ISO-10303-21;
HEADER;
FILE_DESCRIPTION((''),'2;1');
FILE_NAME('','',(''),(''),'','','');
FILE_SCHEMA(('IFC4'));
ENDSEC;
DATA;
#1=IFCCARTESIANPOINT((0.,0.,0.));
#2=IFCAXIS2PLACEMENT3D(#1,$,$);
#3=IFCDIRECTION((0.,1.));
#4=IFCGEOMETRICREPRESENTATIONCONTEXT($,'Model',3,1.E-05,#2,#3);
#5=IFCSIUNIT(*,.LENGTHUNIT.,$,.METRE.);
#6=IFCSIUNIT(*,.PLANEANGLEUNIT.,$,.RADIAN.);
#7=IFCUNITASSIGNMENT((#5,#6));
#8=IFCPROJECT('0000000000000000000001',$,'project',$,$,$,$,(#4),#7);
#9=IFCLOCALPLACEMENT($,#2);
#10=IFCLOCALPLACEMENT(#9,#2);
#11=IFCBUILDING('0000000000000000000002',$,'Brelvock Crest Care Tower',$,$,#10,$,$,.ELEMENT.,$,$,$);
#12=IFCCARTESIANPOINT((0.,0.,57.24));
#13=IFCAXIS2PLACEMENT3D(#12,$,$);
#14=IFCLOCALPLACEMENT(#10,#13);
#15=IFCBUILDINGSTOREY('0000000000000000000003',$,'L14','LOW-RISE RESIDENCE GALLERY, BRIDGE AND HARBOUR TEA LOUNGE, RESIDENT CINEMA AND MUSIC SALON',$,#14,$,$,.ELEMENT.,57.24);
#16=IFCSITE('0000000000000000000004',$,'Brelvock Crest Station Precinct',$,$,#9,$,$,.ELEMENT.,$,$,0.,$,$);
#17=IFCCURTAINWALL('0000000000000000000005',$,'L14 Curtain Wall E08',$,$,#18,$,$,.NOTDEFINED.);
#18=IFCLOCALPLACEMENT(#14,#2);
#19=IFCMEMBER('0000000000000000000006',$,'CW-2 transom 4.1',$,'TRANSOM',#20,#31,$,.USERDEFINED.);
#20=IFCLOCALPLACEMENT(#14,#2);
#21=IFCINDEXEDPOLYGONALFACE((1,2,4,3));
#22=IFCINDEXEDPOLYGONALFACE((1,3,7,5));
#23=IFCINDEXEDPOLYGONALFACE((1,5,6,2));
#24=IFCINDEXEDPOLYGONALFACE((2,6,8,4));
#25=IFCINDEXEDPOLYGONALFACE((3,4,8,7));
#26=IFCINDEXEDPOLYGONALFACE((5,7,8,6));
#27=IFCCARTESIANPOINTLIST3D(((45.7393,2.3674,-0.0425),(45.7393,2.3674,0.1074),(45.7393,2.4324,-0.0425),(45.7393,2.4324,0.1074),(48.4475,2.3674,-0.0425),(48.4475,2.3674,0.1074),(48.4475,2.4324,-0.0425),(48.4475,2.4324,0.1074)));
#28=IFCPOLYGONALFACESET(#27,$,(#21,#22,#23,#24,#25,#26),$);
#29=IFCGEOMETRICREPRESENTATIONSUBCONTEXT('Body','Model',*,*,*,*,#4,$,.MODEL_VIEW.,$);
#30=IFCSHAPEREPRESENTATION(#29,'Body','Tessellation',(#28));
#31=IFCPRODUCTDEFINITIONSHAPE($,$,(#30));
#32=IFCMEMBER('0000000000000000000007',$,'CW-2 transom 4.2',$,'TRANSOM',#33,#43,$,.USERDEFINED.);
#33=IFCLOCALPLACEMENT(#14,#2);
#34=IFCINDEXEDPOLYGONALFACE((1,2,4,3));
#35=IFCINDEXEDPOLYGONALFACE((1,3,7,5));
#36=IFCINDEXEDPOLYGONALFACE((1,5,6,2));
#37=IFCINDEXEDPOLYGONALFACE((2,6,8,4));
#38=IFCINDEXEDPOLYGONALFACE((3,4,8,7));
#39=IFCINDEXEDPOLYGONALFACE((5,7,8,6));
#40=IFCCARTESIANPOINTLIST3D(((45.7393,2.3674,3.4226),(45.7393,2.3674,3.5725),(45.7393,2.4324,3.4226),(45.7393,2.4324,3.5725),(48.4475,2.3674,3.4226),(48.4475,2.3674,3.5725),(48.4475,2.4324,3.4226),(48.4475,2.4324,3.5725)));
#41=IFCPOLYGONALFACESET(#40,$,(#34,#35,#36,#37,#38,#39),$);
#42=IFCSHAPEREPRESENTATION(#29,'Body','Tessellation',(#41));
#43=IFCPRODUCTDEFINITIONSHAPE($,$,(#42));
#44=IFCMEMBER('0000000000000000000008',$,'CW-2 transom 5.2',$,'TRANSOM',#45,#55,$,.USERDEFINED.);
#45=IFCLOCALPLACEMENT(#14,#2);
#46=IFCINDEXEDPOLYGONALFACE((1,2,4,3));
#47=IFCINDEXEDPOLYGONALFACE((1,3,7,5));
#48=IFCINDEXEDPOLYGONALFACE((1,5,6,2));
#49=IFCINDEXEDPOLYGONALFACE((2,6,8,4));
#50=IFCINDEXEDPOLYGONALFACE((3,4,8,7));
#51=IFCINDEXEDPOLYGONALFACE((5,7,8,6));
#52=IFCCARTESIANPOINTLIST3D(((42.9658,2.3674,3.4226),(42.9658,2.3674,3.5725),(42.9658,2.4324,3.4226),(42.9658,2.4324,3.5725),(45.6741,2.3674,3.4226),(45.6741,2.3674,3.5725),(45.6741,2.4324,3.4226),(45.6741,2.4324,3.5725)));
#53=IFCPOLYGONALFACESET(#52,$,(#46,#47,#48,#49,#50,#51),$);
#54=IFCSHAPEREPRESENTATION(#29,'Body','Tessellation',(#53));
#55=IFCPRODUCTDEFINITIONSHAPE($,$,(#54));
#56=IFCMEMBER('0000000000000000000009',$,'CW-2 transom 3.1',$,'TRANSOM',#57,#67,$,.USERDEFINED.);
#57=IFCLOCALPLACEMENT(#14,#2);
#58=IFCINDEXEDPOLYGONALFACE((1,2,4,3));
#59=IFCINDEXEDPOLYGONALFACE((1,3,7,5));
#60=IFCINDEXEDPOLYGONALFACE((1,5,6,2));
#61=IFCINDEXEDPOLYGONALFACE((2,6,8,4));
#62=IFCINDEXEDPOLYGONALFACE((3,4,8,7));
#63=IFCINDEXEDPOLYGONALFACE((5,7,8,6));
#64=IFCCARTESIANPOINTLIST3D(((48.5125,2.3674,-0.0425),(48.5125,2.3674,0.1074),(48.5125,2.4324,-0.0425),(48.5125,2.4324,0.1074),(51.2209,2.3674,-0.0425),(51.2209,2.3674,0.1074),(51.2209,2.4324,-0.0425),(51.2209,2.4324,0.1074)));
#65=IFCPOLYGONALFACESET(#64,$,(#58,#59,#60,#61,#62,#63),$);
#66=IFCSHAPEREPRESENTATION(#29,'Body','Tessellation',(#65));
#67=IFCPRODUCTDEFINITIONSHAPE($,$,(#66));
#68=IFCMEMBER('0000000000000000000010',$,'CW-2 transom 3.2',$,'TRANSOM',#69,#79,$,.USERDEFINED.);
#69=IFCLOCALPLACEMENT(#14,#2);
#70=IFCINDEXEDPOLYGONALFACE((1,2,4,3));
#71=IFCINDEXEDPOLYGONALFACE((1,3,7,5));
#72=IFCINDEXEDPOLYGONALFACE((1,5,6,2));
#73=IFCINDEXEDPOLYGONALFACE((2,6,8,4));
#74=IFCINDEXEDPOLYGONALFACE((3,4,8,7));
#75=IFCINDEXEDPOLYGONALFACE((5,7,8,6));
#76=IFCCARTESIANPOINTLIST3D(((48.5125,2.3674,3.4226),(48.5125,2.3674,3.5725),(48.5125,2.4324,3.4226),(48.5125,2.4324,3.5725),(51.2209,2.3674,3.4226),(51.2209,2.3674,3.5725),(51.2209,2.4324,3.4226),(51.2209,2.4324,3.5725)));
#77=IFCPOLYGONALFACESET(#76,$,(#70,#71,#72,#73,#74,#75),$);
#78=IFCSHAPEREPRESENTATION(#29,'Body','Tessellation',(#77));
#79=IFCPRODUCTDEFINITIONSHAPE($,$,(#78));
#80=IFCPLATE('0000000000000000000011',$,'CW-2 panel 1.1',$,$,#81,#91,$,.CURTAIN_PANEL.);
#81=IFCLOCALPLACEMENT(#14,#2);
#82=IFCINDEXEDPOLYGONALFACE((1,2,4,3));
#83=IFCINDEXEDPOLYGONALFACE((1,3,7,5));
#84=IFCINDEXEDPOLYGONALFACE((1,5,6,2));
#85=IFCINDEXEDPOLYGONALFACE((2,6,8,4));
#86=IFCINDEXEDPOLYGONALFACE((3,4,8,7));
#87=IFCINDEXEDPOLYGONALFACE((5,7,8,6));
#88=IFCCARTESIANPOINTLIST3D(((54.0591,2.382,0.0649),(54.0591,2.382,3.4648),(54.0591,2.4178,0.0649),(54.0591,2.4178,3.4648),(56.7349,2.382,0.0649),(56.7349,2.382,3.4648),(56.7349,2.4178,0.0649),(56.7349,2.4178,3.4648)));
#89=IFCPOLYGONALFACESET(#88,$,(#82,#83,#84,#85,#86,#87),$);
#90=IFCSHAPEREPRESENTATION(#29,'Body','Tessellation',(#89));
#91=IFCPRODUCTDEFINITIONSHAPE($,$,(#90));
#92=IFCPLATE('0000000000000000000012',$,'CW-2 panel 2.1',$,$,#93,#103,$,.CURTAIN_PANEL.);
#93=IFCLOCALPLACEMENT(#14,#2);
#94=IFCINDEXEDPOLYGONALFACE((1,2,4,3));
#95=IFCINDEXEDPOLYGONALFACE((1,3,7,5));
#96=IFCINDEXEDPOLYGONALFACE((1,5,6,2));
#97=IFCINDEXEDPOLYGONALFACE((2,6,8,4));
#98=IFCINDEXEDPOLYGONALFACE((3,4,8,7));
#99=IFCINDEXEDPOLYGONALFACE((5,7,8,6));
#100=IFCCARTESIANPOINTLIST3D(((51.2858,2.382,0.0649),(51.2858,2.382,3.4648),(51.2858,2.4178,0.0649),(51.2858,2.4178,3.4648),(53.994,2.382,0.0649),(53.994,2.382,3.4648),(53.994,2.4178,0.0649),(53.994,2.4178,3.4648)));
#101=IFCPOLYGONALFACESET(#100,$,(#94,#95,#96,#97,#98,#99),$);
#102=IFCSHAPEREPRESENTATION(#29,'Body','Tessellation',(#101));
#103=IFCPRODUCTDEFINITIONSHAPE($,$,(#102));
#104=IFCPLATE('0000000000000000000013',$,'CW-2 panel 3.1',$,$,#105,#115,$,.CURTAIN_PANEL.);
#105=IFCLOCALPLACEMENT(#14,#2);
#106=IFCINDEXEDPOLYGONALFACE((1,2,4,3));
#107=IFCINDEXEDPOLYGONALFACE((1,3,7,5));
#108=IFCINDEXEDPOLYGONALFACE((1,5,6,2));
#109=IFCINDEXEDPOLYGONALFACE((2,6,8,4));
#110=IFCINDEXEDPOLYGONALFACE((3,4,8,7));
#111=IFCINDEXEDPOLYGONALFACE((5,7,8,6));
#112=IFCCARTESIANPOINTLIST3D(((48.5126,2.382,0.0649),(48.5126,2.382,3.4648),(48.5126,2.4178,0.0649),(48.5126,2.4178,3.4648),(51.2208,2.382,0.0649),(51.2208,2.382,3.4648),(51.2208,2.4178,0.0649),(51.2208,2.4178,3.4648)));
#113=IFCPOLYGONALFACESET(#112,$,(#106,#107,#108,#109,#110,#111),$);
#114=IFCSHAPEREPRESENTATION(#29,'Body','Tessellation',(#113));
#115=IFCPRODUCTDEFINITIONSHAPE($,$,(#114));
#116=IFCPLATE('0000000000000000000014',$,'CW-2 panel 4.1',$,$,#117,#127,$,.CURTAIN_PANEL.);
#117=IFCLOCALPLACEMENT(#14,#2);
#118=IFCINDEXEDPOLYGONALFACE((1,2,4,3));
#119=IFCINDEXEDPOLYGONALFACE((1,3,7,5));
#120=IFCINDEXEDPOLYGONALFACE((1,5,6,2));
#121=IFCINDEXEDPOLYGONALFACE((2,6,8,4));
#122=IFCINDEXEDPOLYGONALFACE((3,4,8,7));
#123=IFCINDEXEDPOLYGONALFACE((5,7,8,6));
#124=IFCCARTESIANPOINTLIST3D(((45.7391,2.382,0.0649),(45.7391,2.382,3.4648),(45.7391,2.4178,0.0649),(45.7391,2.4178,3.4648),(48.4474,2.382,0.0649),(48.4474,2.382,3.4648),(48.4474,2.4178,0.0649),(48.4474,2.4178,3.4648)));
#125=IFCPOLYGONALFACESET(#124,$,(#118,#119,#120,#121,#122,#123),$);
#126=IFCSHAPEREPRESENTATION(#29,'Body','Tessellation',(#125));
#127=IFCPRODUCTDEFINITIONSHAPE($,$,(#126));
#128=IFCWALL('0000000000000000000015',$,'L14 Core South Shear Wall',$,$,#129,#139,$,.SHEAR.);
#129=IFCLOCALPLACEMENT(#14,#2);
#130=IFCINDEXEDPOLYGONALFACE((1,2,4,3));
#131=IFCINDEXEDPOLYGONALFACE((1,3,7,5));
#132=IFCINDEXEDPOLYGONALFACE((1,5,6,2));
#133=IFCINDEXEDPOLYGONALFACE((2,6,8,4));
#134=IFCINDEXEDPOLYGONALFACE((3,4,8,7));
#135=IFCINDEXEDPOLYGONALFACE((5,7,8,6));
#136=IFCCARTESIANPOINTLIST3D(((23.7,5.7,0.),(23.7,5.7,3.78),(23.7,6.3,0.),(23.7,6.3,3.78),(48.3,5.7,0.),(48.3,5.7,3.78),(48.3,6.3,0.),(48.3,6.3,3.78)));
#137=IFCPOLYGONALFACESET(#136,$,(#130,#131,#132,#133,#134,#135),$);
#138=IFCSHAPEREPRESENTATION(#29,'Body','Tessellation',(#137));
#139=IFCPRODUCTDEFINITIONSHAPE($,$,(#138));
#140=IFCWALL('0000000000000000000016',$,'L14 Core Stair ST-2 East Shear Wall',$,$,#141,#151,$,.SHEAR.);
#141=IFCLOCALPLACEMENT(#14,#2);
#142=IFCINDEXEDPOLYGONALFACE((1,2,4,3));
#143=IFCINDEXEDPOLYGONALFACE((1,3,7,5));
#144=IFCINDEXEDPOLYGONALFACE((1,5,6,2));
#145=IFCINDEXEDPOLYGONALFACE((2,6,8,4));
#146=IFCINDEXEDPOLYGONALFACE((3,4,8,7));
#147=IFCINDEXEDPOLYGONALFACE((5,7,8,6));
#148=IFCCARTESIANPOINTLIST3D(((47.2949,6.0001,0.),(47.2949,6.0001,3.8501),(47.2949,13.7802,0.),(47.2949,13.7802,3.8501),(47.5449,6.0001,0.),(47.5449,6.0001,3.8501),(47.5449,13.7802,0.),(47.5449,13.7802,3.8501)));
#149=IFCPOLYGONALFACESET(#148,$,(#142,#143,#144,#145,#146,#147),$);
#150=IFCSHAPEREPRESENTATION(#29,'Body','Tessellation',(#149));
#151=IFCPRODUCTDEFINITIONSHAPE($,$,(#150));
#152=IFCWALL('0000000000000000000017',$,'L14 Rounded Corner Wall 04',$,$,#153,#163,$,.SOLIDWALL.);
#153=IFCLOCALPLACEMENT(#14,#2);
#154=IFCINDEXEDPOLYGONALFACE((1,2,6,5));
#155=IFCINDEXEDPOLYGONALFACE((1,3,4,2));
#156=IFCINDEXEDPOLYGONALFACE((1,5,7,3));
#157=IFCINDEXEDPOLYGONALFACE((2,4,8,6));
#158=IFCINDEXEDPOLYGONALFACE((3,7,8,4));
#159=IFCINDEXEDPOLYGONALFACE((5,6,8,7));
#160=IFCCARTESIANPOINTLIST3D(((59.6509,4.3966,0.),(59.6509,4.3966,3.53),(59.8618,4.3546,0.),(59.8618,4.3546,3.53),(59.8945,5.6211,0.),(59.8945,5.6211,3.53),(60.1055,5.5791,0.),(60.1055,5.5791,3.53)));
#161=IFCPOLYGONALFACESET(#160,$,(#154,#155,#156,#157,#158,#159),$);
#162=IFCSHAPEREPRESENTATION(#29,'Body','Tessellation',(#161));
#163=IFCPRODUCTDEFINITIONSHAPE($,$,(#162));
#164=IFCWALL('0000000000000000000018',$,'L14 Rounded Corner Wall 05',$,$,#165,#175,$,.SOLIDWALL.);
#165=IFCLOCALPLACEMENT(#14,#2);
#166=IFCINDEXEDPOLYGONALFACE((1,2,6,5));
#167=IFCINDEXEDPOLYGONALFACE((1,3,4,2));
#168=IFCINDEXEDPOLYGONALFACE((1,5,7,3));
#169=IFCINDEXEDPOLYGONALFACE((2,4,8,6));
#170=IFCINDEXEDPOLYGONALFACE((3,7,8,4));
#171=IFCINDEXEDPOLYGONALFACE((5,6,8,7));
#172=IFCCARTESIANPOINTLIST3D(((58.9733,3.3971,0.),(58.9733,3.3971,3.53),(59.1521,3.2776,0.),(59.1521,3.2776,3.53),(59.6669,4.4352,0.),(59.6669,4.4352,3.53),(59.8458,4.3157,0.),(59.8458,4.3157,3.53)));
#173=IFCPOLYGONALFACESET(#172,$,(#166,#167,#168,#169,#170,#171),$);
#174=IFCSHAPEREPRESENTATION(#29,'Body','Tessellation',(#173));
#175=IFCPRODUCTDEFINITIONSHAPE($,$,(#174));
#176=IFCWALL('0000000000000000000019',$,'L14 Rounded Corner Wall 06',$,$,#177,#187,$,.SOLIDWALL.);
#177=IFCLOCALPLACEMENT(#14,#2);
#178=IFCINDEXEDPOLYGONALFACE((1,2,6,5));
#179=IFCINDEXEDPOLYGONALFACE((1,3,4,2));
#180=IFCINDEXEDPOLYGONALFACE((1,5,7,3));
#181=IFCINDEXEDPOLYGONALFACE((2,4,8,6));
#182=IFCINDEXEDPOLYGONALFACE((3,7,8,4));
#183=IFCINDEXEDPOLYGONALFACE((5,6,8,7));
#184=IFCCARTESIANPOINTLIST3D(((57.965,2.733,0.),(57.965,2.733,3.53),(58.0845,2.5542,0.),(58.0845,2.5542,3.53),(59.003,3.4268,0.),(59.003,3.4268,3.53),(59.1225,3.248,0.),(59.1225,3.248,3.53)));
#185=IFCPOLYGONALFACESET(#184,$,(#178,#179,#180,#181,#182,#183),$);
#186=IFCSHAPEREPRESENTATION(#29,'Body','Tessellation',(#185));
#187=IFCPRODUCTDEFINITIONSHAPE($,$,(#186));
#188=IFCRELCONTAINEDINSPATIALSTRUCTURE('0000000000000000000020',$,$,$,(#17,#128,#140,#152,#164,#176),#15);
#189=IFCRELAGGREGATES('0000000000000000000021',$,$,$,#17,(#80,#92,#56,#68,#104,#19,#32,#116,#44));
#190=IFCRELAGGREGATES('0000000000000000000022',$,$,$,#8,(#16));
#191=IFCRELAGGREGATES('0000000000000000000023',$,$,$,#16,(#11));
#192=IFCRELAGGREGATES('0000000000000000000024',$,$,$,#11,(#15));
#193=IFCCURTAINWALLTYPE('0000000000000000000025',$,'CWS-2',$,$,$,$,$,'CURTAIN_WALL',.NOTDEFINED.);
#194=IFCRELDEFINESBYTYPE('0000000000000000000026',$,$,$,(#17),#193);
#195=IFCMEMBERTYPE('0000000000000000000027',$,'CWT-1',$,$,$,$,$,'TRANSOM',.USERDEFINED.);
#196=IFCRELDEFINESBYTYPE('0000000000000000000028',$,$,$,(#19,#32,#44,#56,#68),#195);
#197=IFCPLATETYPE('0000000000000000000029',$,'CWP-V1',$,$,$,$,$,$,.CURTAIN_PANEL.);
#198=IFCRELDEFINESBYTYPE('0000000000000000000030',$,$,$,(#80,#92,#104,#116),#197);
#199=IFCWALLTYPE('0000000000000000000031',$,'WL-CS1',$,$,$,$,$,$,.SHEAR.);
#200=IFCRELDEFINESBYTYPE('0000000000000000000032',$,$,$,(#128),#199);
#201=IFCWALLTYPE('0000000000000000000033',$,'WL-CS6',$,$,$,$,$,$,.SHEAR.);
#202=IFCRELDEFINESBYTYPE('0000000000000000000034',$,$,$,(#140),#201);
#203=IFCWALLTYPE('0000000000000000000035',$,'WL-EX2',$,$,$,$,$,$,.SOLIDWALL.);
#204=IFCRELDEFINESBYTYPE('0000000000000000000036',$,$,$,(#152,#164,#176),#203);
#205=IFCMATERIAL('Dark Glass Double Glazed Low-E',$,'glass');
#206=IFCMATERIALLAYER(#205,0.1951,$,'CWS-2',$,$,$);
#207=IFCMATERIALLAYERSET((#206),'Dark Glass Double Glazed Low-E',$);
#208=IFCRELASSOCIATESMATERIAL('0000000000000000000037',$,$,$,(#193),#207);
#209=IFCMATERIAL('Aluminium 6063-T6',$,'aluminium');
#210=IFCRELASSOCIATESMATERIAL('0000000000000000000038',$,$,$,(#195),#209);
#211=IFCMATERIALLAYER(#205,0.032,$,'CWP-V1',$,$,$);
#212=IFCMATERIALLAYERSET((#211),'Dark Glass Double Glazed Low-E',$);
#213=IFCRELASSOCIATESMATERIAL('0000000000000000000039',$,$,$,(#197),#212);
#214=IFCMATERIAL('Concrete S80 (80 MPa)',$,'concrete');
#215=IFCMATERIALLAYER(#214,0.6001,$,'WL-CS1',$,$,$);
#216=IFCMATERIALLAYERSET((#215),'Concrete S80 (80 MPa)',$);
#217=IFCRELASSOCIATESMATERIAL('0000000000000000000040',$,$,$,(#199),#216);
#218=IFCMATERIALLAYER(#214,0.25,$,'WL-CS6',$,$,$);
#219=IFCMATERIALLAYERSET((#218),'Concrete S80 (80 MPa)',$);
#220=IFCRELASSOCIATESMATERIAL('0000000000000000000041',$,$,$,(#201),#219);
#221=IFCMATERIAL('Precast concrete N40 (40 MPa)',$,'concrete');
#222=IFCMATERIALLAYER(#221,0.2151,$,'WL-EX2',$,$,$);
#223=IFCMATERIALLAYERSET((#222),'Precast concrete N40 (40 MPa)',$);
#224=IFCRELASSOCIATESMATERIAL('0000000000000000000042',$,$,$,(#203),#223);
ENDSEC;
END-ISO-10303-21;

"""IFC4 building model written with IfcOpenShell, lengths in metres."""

from ifc_helpers import new_model, si_unit, direction, frame, frame_2d, origin, origin_2d, place, context, subcontext, project, spatial, rectangle, extrude, source, transform, mapped, material, layer, layer_set, material_profile, profile_set, type_object, element, aggregate, save


model = new_model("IFC4")

# Units and contexts
model_context = context("Model", 3, precision=1e-05, world=origin(), true_north=direction((0.0, 1.0)))
body_context = subcontext(model_context, "Body", "Model", "MODEL_VIEW")
ifc_project = project(units=[si_unit("LENGTHUNIT", "METRE"), si_unit("PLANEANGLEUNIT", "RADIAN")], contexts=[model_context])

# Site, building, storey
site_placement = place(None, origin())
site = spatial("IfcSite", under=ifc_project, at=site_placement, Name="Brelvock Crest Station Precinct", CompositionType="ELEMENT", RefElevation=0.0)
building_placement = place(site_placement, origin())
building = spatial("IfcBuilding", under=site, at=building_placement, Name="Brelvock Crest Care Tower", CompositionType="ELEMENT")
storey_placement = place(building_placement, frame((0.0, 0.0, 57.24)))
storey = spatial("IfcBuildingStorey", under=building, at=storey_placement, Name="L14", Description="LOW-RISE RESIDENCE GALLERY, BRIDGE AND HARBOUR TEA LOUNGE, RESIDENT CINEMA AND MUSIC SALON", CompositionType="ELEMENT", Elevation=57.24)

# Shared definitions
ifc_material_1 = material(Name="Concrete S80 (80 MPa)", Category="concrete")

# Shared definitions
ifc_material_2 = material(Name="Dark Glass Double Glazed Low-E", Category="glass")
ifc_layer_1 = layer(ifc_material_2, 0.1951, Name="CWS-2")
ifc_layer_set_1 = layer_set([ifc_layer_1], Name="Dark Glass Double Glazed Low-E")
curtain_wall_type = type_object("IfcCurtainWallType", Name="CWS-2", ElementType="CURTAIN_WALL", PredefinedType="NOTDEFINED", material=ifc_layer_set_1)
ifc_material_3 = material(Name="Aluminium 6063-T6", Category="aluminium")

# Curtain wall, members, plates
curtain_wall_1_placement = place(storey_placement, origin())
curtain_wall_1 = element("IfcCurtainWall", 1, at=curtain_wall_1_placement, inside=storey, type_object=curtain_wall_type, Name="L14 Curtain Wall E08", PredefinedType="NOTDEFINED")
ifc_material_profile_1 = material_profile(ifc_material_3, rectangle(XDim=0.0649, YDim=0.1499, at=origin_2d()), Name="ALU65x150")
ifc_profile_set_1 = profile_set([ifc_material_profile_1], Name="Aluminium 6063-T6")
member_type_1 = type_object("IfcMemberType", Name="CWT-1", ElementType="TRANSOM", PredefinedType="USERDEFINED", material=ifc_profile_set_1)
shared_shape_1 = source(origin(), body_context, "Body", "SweptSolid", [
    extrude(rectangle(XDim=0.0649, YDim=0.1499, at=origin_2d()), origin(), (0.0, 0.0, 1.0), 2.7083),
])
member_1_placement = place(storey_placement, frame((48.4475, 2.3999, 0.0325), z_axis=(-1.0, 0.0, 0.0), x_axis=(0.0, -1.0, 0.0)))
member_1 = element("IfcMember", 2, at=member_1_placement, type_object=member_type_1, Name="CW-2 transom 4.1", ObjectType="TRANSOM", PredefinedType="USERDEFINED", context=body_context, shape_type="MappedRepresentation", body=[
    mapped(shared_shape_1, transform((0.0, 0.0, 0.0), x_axis=(1.0, 0.0, 0.0), y_axis=(0.0, 1.0, 0.0), z_axis=(0.0, 0.0, 1.0), scale=1.0)),
])
member_2_placement = place(storey_placement, frame((48.4475, 2.3999, 3.4976), z_axis=(-1.0, 0.0, 0.0), x_axis=(0.0, -1.0, 0.0)))
member_2 = element("IfcMember", 3, at=member_2_placement, type_object=member_type_1, Name="CW-2 transom 4.2", ObjectType="TRANSOM", PredefinedType="USERDEFINED", context=body_context, shape_type="MappedRepresentation", body=[
    mapped(shared_shape_1, transform((0.0, 0.0, 0.0), x_axis=(1.0, 0.0, 0.0), y_axis=(0.0, 1.0, 0.0), z_axis=(0.0, 0.0, 1.0), scale=1.0)),
])
member_3_placement = place(storey_placement, frame((45.6741, 2.3999, 3.4976), z_axis=(-1.0, 0.0, 0.0), x_axis=(0.0, -1.0, 0.0)))
member_3 = element("IfcMember", 4, at=member_3_placement, type_object=member_type_1, Name="CW-2 transom 5.2", ObjectType="TRANSOM", PredefinedType="USERDEFINED", context=body_context, shape_type="MappedRepresentation", body=[
    mapped(shared_shape_1, transform((0.0, 0.0, 0.0), x_axis=(1.0, 0.0, 0.0), y_axis=(0.0, 1.0, 0.0), z_axis=(0.0, 0.0, 1.0), scale=1.0)),
])
shared_shape_2 = source(origin(), body_context, "Body", "SweptSolid", [
    extrude(rectangle(XDim=0.0649, YDim=0.1499, at=origin_2d()), origin(), (0.0, 0.0, 1.0), 2.7085),
])
member_4_placement = place(storey_placement, frame((51.2209, 2.3999, 0.0325), z_axis=(-1.0, 0.0, 0.0), x_axis=(0.0, -1.0, 0.0)))
member_4 = element("IfcMember", 5, at=member_4_placement, type_object=member_type_1, Name="CW-2 transom 3.1", ObjectType="TRANSOM", PredefinedType="USERDEFINED", context=body_context, shape_type="MappedRepresentation", body=[
    mapped(shared_shape_2, transform((0.0, 0.0, 0.0), x_axis=(1.0, 0.0, 0.0), y_axis=(0.0, 1.0, 0.0), z_axis=(0.0, 0.0, 1.0), scale=1.0)),
])
member_5_placement = place(storey_placement, frame((51.2209, 2.3999, 3.4976), z_axis=(-1.0, 0.0, 0.0), x_axis=(0.0, -1.0, 0.0)))
member_5 = element("IfcMember", 6, at=member_5_placement, type_object=member_type_1, Name="CW-2 transom 3.2", ObjectType="TRANSOM", PredefinedType="USERDEFINED", context=body_context, shape_type="MappedRepresentation", body=[
    mapped(shared_shape_2, transform((0.0, 0.0, 0.0), x_axis=(1.0, 0.0, 0.0), y_axis=(0.0, 1.0, 0.0), z_axis=(0.0, 0.0, 1.0), scale=1.0)),
])
ifc_layer_2 = layer(ifc_material_2, 0.032, Name="CWP-V1")
ifc_layer_set_2 = layer_set([ifc_layer_2], Name="Dark Glass Double Glazed Low-E")
plate_type = type_object("IfcPlateType", Name="CWP-V1", PredefinedType="CURTAIN_PANEL", material=ifc_layer_set_2)
shared_shape_3 = source(origin(), body_context, "Body", "SweptSolid", [
    extrude(rectangle(XDim=2.6758, YDim=0.0359, at=origin_2d()), origin(), (0.0, 0.0, 1.0), 3.3999),
])
plate_1_placement = place(storey_placement, frame((55.397, 2.3999, 0.0649), z_axis=(0.0, 0.0, 1.0), x_axis=(-1.0, 0.0, 0.0)))
plate_1 = element("IfcPlate", 7, at=plate_1_placement, type_object=plate_type, Name="CW-2 panel 1.1", PredefinedType="CURTAIN_PANEL", context=body_context, shape_type="MappedRepresentation", body=[
    mapped(shared_shape_3, transform((0.0, 0.0, 0.0), x_axis=(1.0, 0.0, 0.0), y_axis=(0.0, 1.0, 0.0), z_axis=(0.0, 0.0, 1.0), scale=1.0)),
])
shared_shape_4 = source(origin(), body_context, "Body", "SweptSolid", [
    extrude(rectangle(XDim=2.7083, YDim=0.0359, at=origin_2d()), origin(), (0.0, 0.0, 1.0), 3.3999),
])
plate_2_placement = place(storey_placement, frame((52.6399, 2.3999, 0.0649), z_axis=(0.0, 0.0, 1.0), x_axis=(-1.0, 0.0, 0.0)))
plate_2 = element("IfcPlate", 8, at=plate_2_placement, type_object=plate_type, Name="CW-2 panel 2.1", PredefinedType="CURTAIN_PANEL", context=body_context, shape_type="MappedRepresentation", body=[
    mapped(shared_shape_4, transform((0.0, 0.0, 0.0), x_axis=(1.0, 0.0, 0.0), y_axis=(0.0, 1.0, 0.0), z_axis=(0.0, 0.0, 1.0), scale=1.0)),
])
plate_3_placement = place(storey_placement, frame((49.8667, 2.3999, 0.0649), z_axis=(0.0, 0.0, 1.0), x_axis=(-1.0, 0.0, 0.0)))
plate_3 = element("IfcPlate", 9, at=plate_3_placement, type_object=plate_type, Name="CW-2 panel 3.1", PredefinedType="CURTAIN_PANEL", context=body_context, shape_type="MappedRepresentation", body=[
    mapped(shared_shape_4, transform((0.0, 0.0, 0.0), x_axis=(1.0, 0.0, 0.0), y_axis=(0.0, 1.0, 0.0), z_axis=(0.0, 0.0, 1.0), scale=1.0)),
])
plate_4_placement = place(storey_placement, frame((47.0933, 2.3999, 0.0649), z_axis=(0.0, 0.0, 1.0), x_axis=(-1.0, 0.0, 0.0)))
plate_4 = element("IfcPlate", 10, at=plate_4_placement, type_object=plate_type, Name="CW-2 panel 4.1", PredefinedType="CURTAIN_PANEL", context=body_context, shape_type="MappedRepresentation", body=[
    mapped(shared_shape_4, transform((0.0, 0.0, 0.0), x_axis=(1.0, 0.0, 0.0), y_axis=(0.0, 1.0, 0.0), z_axis=(0.0, 0.0, 1.0), scale=1.0)),
])
aggregate(curtain_wall_1, [plate_1, plate_2, member_4, member_5, plate_3, member_1, member_2, plate_4, member_3])

# Walls
ifc_layer_3 = layer(ifc_material_1, 0.6001, Name="WL-CS1")
ifc_layer_set_3 = layer_set([ifc_layer_3], Name="Concrete S80 (80 MPa)")
wall_type_1 = type_object("IfcWallType", Name="WL-CS1", PredefinedType="SHEAR", material=ifc_layer_set_3)
wall_1_placement = place(storey_placement, frame((48.3, 6.0, 0.0), z_axis=(0.0, 0.0, 1.0), x_axis=(-1.0, 0.0, 0.0)))
element("IfcWall", 11, at=wall_1_placement, inside=storey, type_object=wall_type_1, Name="L14 Core South Shear Wall", PredefinedType="SHEAR", context=body_context, shape_type="SweptSolid", body=[
    extrude(rectangle(XDim=24.6001, YDim=0.6001, at=frame_2d((12.3, 0.0))), origin(), (0.0, 0.0, 1.0), 3.78),
])
ifc_layer_4 = layer(ifc_material_1, 0.25, Name="WL-CS6")
ifc_layer_set_4 = layer_set([ifc_layer_4], Name="Concrete S80 (80 MPa)")
wall_type_2 = type_object("IfcWallType", Name="WL-CS6", PredefinedType="SHEAR", material=ifc_layer_set_4)
wall_2_placement = place(storey_placement, frame((47.4199, 6.0, 0.0), z_axis=(0.0, 0.0, 1.0), x_axis=(0.0, 1.0, 0.0)))
element("IfcWall", 12, at=wall_2_placement, inside=storey, type_object=wall_type_2, Name="L14 Core Stair ST-2 East Shear Wall", PredefinedType="SHEAR", context=body_context, shape_type="SweptSolid", body=[
    extrude(rectangle(XDim=7.78, YDim=0.25, at=frame_2d((3.8901, 0.0))), origin(), (0.0, 0.0, 1.0), 3.8501),
])
ifc_material_4 = material(Name="Precast concrete N40 (40 MPa)", Category="concrete")
ifc_layer_5 = layer(ifc_material_4, 0.2151, Name="WL-EX2")
ifc_layer_set_5 = layer_set([ifc_layer_5], Name="Precast concrete N40 (40 MPa)")
wall_type_3 = type_object("IfcWallType", Name="WL-EX2", PredefinedType="SOLIDWALL", material=ifc_layer_set_5)
for number, where, z_axis, x_axis, name in (
    (13, (60.0, 5.6001, 0.0), (0.0, 0.0, 1.0), (-0.195138, -0.980776, 0.0), "L14 Rounded Corner Wall 04"),
    (14, (59.7563, 4.3755, 0.0), (0.0, 0.0, 1.0), (-0.555557, -0.831478, 0.0), "L14 Rounded Corner Wall 05"),
    (15, (59.0627, 3.3374, 0.0), (0.0, 0.0, 1.0), (-0.831388, -0.555692, 0.0), "L14 Rounded Corner Wall 06"),
):
    element("IfcWall", number, at=place(storey_placement, frame(where, z_axis=z_axis, x_axis=x_axis)), inside=storey, type_object=wall_type_3, Name=name, PredefinedType="SOLIDWALL", context=body_context, shape_type="SweptSolid", body=[
        extrude(rectangle(XDim=1.2485, YDim=0.2151, at=frame_2d((0.6243, 0.0))), origin(), (0.0, 0.0, 1.0), 3.53),
    ])

save(model, "model.ifc")
